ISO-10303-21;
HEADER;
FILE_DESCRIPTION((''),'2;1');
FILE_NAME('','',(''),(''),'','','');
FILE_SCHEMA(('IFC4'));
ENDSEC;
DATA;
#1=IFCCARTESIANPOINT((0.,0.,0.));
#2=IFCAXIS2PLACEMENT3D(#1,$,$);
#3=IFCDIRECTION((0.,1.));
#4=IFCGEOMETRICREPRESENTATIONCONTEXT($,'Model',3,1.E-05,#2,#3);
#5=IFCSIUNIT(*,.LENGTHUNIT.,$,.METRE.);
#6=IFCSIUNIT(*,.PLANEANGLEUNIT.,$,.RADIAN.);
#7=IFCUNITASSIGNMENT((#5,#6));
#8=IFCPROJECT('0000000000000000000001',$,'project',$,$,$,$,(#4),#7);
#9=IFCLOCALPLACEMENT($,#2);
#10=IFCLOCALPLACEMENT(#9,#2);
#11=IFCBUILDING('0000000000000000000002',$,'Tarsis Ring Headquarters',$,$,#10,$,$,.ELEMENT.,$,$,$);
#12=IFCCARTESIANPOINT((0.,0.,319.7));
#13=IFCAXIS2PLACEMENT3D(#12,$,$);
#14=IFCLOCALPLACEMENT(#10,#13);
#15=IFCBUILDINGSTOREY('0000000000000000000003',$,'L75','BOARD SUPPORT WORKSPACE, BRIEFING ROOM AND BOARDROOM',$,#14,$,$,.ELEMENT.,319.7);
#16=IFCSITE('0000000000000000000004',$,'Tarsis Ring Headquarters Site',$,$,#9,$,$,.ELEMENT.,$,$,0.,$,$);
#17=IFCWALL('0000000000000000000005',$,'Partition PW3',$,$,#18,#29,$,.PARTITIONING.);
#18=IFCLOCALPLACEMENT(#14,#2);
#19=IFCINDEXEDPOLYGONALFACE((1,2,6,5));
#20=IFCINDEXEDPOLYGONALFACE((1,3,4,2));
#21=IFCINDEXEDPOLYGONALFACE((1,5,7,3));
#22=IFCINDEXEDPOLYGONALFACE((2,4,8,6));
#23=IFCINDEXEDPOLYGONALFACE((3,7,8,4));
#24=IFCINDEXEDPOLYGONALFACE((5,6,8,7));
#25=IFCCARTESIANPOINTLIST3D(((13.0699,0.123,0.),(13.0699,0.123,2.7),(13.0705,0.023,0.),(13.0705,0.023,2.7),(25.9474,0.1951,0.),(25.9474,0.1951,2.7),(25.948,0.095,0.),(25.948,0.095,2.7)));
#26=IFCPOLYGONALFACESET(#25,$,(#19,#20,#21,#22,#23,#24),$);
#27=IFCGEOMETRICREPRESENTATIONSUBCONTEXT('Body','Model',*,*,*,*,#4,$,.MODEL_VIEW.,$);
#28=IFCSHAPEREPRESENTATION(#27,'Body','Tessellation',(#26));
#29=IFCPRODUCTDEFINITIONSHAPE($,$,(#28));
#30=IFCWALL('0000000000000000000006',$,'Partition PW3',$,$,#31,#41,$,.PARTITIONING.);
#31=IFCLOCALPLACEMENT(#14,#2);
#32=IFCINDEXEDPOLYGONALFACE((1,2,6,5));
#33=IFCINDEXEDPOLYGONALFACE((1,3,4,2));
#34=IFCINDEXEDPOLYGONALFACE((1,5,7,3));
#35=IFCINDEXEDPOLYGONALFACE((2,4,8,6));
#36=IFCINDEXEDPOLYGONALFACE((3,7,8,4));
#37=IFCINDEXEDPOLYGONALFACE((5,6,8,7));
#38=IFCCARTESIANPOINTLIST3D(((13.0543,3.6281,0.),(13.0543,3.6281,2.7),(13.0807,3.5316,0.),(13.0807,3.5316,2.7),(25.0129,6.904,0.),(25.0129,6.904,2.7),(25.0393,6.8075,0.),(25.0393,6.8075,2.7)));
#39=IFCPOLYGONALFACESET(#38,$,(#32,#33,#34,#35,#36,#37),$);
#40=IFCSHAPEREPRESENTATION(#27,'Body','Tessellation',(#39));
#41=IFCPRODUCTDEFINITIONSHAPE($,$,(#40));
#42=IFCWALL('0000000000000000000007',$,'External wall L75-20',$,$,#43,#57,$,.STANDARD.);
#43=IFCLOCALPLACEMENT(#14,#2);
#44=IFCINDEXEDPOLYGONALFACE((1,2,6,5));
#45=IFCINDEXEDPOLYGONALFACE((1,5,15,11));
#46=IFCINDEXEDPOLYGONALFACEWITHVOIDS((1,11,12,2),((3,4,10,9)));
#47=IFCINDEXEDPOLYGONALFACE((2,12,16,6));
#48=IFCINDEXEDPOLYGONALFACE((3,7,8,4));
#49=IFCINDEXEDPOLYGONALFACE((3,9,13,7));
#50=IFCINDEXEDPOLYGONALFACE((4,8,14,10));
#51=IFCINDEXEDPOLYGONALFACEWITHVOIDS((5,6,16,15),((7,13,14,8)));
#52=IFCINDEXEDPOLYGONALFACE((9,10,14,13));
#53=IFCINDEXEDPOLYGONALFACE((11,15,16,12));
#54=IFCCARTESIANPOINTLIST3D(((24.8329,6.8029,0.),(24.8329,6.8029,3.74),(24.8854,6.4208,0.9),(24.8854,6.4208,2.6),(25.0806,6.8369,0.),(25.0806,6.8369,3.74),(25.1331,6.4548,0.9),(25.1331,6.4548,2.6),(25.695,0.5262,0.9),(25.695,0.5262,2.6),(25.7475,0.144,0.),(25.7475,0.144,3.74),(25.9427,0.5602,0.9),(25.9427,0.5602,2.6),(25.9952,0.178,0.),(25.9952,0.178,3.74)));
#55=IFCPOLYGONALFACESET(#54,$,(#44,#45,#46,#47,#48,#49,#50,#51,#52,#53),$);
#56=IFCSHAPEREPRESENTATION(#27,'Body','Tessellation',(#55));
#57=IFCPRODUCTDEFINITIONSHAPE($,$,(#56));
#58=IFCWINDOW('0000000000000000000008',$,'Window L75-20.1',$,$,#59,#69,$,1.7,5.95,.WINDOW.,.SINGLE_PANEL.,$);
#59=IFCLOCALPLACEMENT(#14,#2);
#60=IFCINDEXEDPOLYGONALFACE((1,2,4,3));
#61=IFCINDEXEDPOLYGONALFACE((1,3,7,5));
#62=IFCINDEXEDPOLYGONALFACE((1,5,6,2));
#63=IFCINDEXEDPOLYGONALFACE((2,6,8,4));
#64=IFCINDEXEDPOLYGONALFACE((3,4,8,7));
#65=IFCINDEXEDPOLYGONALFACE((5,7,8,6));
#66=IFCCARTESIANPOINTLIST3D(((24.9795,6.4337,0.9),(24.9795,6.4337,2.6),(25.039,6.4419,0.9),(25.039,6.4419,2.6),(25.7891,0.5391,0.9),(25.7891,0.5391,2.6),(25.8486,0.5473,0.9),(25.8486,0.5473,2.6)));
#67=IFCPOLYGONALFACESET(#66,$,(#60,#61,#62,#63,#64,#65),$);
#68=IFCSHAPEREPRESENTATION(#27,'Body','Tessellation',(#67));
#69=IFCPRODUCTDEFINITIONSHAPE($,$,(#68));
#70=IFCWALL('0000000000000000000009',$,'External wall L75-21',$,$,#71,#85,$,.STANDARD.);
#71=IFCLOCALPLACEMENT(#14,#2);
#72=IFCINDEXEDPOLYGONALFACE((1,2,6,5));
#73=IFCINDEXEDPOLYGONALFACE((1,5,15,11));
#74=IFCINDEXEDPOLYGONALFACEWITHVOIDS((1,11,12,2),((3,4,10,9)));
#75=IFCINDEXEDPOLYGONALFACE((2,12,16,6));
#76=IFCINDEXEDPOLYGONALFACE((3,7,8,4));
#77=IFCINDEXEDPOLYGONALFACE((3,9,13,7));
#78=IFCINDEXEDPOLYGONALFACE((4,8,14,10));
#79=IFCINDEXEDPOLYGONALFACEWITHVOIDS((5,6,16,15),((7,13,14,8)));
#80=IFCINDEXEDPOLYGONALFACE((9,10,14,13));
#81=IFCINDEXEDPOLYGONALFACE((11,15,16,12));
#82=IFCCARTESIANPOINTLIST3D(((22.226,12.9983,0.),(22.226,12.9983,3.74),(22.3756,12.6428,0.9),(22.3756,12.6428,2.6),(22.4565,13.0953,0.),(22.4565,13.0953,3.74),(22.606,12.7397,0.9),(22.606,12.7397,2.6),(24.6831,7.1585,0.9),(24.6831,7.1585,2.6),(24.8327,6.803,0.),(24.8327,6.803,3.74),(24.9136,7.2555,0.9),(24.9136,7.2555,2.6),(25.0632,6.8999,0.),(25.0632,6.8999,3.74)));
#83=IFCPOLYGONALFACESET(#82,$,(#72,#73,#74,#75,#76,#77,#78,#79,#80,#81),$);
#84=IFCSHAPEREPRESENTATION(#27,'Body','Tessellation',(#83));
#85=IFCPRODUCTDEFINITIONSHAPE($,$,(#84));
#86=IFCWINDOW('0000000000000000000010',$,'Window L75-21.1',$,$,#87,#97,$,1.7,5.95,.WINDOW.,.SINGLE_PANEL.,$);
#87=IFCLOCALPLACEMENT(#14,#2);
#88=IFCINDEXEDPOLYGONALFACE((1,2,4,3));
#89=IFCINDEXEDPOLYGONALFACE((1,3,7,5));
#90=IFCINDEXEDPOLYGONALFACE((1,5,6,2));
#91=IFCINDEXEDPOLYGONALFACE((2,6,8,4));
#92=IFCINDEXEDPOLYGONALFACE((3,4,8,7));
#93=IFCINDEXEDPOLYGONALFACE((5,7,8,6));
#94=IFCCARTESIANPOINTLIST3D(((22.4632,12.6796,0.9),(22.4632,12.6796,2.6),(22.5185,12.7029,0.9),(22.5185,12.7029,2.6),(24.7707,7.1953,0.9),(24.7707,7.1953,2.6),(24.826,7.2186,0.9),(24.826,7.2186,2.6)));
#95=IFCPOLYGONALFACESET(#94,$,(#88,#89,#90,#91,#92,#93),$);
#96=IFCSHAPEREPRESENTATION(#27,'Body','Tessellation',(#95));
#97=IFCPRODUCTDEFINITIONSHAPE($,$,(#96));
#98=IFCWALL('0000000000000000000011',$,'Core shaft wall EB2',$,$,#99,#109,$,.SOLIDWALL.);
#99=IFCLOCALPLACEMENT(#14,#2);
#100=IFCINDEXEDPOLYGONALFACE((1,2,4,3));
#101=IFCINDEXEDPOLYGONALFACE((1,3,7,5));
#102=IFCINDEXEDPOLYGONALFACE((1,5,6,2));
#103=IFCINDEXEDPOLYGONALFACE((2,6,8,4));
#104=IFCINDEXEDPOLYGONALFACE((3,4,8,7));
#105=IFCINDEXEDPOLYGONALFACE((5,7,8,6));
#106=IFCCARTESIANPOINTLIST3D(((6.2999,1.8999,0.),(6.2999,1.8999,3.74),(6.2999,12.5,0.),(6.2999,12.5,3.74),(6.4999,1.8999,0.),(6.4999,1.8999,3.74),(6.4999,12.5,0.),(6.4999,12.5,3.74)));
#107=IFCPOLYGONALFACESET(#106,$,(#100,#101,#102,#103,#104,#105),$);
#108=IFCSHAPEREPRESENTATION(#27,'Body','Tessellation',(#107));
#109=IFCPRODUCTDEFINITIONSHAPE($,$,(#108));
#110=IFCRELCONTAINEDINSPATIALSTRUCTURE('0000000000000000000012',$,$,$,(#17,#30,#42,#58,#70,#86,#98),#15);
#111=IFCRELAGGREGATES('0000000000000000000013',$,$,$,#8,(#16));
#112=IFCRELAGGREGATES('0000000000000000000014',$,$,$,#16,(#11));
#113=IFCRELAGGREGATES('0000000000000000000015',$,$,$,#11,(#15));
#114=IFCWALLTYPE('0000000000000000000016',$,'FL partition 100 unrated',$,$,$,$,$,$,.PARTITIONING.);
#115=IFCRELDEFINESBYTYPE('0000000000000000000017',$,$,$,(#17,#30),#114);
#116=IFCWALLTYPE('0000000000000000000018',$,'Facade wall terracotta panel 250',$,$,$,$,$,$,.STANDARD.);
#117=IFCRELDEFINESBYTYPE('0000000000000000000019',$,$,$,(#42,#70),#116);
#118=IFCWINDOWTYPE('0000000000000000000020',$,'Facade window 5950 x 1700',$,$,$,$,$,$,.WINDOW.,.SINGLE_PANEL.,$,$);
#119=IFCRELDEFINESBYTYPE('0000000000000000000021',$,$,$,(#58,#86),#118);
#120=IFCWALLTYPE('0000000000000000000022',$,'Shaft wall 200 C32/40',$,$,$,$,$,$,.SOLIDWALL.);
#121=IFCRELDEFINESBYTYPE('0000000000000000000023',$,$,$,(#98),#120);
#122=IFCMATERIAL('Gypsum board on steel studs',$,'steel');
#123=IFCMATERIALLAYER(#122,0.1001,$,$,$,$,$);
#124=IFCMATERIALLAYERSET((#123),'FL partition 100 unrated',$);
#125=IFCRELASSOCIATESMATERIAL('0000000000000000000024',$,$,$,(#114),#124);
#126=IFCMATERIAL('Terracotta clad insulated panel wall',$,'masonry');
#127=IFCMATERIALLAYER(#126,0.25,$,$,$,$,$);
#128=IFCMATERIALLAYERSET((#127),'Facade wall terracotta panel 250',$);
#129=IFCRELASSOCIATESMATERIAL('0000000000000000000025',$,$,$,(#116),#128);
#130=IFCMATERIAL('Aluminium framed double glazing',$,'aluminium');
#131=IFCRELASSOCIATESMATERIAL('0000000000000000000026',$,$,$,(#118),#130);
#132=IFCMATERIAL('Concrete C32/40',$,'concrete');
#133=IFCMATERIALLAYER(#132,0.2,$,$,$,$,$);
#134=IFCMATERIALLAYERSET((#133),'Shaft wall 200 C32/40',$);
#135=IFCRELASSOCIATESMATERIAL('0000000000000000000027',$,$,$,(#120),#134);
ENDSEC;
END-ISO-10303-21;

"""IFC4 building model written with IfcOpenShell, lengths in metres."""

from ifc_helpers import new_model, si_unit, direction, frame, frame_2d, origin, place, context, subcontext, project, spatial, rectangle, extrude, material, layer, layer_set, type_object, element, fill, save


model = new_model("IFC4")

# Units and contexts
model_context = context("Model", 3, precision=1e-05, world=origin(), true_north=direction((0.0, 1.0)))
body_context = subcontext(model_context, "Body", "Model", "MODEL_VIEW")
ifc_project = project(units=[si_unit("LENGTHUNIT", "METRE"), si_unit("PLANEANGLEUNIT", "RADIAN")], contexts=[model_context])

# Site, building, storey
site_placement = place(None, origin())
site = spatial("IfcSite", under=ifc_project, at=site_placement, Name="Tarsis Ring Headquarters Site", CompositionType="ELEMENT", RefElevation=0.0)
building_placement = place(site_placement, origin())
building = spatial("IfcBuilding", under=site, at=building_placement, Name="Tarsis Ring Headquarters", CompositionType="ELEMENT")
storey_placement = place(building_placement, frame((0.0, 0.0, 319.7)))
storey = spatial("IfcBuildingStorey", under=building, at=storey_placement, Name="L75", Description="BOARD SUPPORT WORKSPACE, BRIEFING ROOM AND BOARDROOM", CompositionType="ELEMENT", Elevation=319.7)

# Walls
ifc_material_1 = material(Name="Gypsum board on steel studs", Category="steel")
ifc_layer_1 = layer(ifc_material_1, 0.1001)
ifc_layer_set_1 = layer_set([ifc_layer_1], Name="FL partition 100 unrated")
wall_type_1 = type_object("IfcWallType", Name="FL partition 100 unrated", PredefinedType="PARTITIONING", material=ifc_layer_set_1)
wall_1_placement = place(storey_placement, frame((13.0701, 0.073, 0.0), z_axis=(0.0, 0.0, 1.0), x_axis=(0.999984, 0.005593, 0.0)))
element("IfcWall", 1, at=wall_1_placement, inside=storey, type_object=wall_type_1, Name="Partition PW3", PredefinedType="PARTITIONING", context=body_context, shape_type="SweptSolid", body=[
    extrude(rectangle(XDim=12.8777, YDim=0.1001, at=frame_2d((6.439, 0.0))), origin(), (0.0, 0.0, 1.0), 2.7),
])
wall_2_placement = place(storey_placement, frame((13.0674, 3.5798, 0.0), z_axis=(0.0, 0.0, 1.0), x_axis=(0.964467, 0.264204, 0.0)))
element("IfcWall", 2, at=wall_2_placement, inside=storey, type_object=wall_type_1, Name="Partition PW3", PredefinedType="PARTITIONING", context=body_context, shape_type="SweptSolid", body=[
    extrude(rectangle(XDim=12.3992, YDim=0.1001, at=frame_2d((6.1997, 0.0))), origin(), (0.0, 0.0, 1.0), 2.7),
])

# Walls, openings, windows
ifc_material_2 = material(Name="Terracotta clad insulated panel wall", Category="masonry")
ifc_layer_2 = layer(ifc_material_2, 0.25)
ifc_layer_set_2 = layer_set([ifc_layer_2], Name="Facade wall terracotta panel 250")
wall_type_2 = type_object("IfcWallType", Name="Facade wall terracotta panel 250", PredefinedType="STANDARD", material=ifc_layer_set_2)
wall_3_placement = place(storey_placement, frame((25.8713, 0.1609, 0.0), z_axis=(0.0, 0.0, 1.0), x_axis=(-0.136065, 0.9907, 0.0)))
wall_3 = element("IfcWall", 3, at=wall_3_placement, inside=storey, type_object=wall_type_2, Name="External wall L75-20", PredefinedType="STANDARD", context=body_context, shape_type="SweptSolid", body=[
    extrude(rectangle(XDim=6.7214, YDim=0.25, at=frame_2d((3.3608, 0.0))), origin(), (0.0, 0.0, 1.0), 3.74),
])
opening_1_placement = place(wall_3_placement, frame((0.3857, 0.0, 0.8999)))
opening_1 = element("IfcOpeningElement", 4, at=opening_1_placement, cuts=wall_3, PredefinedType="OPENING", context=body_context, shape_type="SweptSolid", body=[
    extrude(rectangle(XDim=5.95, YDim=1.7, at=frame_2d((2.9751, 0.8501))), frame((0.0, 0.135, 0.0), z_axis=(0.0, -1.0, 0.0), x_axis=(1.0, 0.0, 0.0)), (0.0, 0.0, 1.0), 0.27),
])
ifc_material_3 = material(Name="Aluminium framed double glazing", Category="aluminium")
window_type = type_object("IfcWindowType", Name="Facade window 5950 x 1700", PartitioningType="SINGLE_PANEL", PredefinedType="WINDOW", material=ifc_material_3)
window_1_placement = place(opening_1_placement, origin())
window_1 = element("IfcWindow", 5, at=window_1_placement, inside=storey, type_object=window_type, Name="Window L75-20.1", OverallHeight=1.7, OverallWidth=5.95, PartitioningType="SINGLE_PANEL", PredefinedType="WINDOW", context=body_context, shape_type="SweptSolid", body=[
    extrude(rectangle(XDim=5.95, YDim=1.7, at=frame_2d((2.9751, 0.8501))), frame((0.0, 0.03, 0.0), z_axis=(0.0, -1.0, 0.0), x_axis=(1.0, 0.0, 0.0)), (0.0, 0.0, 1.0), 0.0601),
])
fill(opening_1, window_1)
wall_4_placement = place(storey_placement, frame((24.948, 6.8513, 0.0), z_axis=(0.0, 0.0, 1.0), x_axis=(-0.387822, 0.921734, 0.0)))
wall_4 = element("IfcWall", 6, at=wall_4_placement, inside=storey, type_object=wall_type_2, Name="External wall L75-21", PredefinedType="STANDARD", context=body_context, shape_type="SweptSolid", body=[
    extrude(rectangle(XDim=6.7214, YDim=0.25, at=frame_2d((3.3608, 0.0))), origin(), (0.0, 0.0, 1.0), 3.74),
])
opening_2_placement = place(wall_4_placement, frame((0.3857, 0.0, 0.8999)))
opening_2 = element("IfcOpeningElement", 7, at=opening_2_placement, cuts=wall_4, PredefinedType="OPENING", context=body_context, shape_type="SweptSolid", body=[
    extrude(rectangle(XDim=5.95, YDim=1.7, at=frame_2d((2.9751, 0.8501))), frame((0.0, 0.135, 0.0), z_axis=(0.0, -1.0, 0.0), x_axis=(1.0, 0.0, 0.0)), (0.0, 0.0, 1.0), 0.27),
])
window_2_placement = place(opening_2_placement, origin())
window_2 = element("IfcWindow", 8, at=window_2_placement, inside=storey, type_object=window_type, Name="Window L75-21.1", OverallHeight=1.7, OverallWidth=5.95, PartitioningType="SINGLE_PANEL", PredefinedType="WINDOW", context=body_context, shape_type="SweptSolid", body=[
    extrude(rectangle(XDim=5.95, YDim=1.7, at=frame_2d((2.9751, 0.8501))), frame((0.0, 0.03, 0.0), z_axis=(0.0, -1.0, 0.0), x_axis=(1.0, 0.0, 0.0)), (0.0, 0.0, 1.0), 0.0601),
])
fill(opening_2, window_2)

# Wall
ifc_material_4 = material(Name="Concrete C32/40", Category="concrete")
ifc_layer_3 = layer(ifc_material_4, 0.2)
ifc_layer_set_3 = layer_set([ifc_layer_3], Name="Shaft wall 200 C32/40")
wall_type_3 = type_object("IfcWallType", Name="Shaft wall 200 C32/40", PredefinedType="SOLIDWALL", material=ifc_layer_set_3)
wall_5_placement = place(storey_placement, frame((6.3999, 1.8999, 0.0), z_axis=(0.0, 0.0, 1.0), x_axis=(0.0, 1.0, 0.0)))
element("IfcWall", 9, at=wall_5_placement, inside=storey, type_object=wall_type_3, Name="Core shaft wall EB2", PredefinedType="SOLIDWALL", context=body_context, shape_type="SweptSolid", body=[
    extrude(rectangle(XDim=10.6001, YDim=0.2, at=frame_2d((5.3, 0.0))), origin(), (0.0, 0.0, 1.0), 3.74),
])

save(model, "model.ifc")
